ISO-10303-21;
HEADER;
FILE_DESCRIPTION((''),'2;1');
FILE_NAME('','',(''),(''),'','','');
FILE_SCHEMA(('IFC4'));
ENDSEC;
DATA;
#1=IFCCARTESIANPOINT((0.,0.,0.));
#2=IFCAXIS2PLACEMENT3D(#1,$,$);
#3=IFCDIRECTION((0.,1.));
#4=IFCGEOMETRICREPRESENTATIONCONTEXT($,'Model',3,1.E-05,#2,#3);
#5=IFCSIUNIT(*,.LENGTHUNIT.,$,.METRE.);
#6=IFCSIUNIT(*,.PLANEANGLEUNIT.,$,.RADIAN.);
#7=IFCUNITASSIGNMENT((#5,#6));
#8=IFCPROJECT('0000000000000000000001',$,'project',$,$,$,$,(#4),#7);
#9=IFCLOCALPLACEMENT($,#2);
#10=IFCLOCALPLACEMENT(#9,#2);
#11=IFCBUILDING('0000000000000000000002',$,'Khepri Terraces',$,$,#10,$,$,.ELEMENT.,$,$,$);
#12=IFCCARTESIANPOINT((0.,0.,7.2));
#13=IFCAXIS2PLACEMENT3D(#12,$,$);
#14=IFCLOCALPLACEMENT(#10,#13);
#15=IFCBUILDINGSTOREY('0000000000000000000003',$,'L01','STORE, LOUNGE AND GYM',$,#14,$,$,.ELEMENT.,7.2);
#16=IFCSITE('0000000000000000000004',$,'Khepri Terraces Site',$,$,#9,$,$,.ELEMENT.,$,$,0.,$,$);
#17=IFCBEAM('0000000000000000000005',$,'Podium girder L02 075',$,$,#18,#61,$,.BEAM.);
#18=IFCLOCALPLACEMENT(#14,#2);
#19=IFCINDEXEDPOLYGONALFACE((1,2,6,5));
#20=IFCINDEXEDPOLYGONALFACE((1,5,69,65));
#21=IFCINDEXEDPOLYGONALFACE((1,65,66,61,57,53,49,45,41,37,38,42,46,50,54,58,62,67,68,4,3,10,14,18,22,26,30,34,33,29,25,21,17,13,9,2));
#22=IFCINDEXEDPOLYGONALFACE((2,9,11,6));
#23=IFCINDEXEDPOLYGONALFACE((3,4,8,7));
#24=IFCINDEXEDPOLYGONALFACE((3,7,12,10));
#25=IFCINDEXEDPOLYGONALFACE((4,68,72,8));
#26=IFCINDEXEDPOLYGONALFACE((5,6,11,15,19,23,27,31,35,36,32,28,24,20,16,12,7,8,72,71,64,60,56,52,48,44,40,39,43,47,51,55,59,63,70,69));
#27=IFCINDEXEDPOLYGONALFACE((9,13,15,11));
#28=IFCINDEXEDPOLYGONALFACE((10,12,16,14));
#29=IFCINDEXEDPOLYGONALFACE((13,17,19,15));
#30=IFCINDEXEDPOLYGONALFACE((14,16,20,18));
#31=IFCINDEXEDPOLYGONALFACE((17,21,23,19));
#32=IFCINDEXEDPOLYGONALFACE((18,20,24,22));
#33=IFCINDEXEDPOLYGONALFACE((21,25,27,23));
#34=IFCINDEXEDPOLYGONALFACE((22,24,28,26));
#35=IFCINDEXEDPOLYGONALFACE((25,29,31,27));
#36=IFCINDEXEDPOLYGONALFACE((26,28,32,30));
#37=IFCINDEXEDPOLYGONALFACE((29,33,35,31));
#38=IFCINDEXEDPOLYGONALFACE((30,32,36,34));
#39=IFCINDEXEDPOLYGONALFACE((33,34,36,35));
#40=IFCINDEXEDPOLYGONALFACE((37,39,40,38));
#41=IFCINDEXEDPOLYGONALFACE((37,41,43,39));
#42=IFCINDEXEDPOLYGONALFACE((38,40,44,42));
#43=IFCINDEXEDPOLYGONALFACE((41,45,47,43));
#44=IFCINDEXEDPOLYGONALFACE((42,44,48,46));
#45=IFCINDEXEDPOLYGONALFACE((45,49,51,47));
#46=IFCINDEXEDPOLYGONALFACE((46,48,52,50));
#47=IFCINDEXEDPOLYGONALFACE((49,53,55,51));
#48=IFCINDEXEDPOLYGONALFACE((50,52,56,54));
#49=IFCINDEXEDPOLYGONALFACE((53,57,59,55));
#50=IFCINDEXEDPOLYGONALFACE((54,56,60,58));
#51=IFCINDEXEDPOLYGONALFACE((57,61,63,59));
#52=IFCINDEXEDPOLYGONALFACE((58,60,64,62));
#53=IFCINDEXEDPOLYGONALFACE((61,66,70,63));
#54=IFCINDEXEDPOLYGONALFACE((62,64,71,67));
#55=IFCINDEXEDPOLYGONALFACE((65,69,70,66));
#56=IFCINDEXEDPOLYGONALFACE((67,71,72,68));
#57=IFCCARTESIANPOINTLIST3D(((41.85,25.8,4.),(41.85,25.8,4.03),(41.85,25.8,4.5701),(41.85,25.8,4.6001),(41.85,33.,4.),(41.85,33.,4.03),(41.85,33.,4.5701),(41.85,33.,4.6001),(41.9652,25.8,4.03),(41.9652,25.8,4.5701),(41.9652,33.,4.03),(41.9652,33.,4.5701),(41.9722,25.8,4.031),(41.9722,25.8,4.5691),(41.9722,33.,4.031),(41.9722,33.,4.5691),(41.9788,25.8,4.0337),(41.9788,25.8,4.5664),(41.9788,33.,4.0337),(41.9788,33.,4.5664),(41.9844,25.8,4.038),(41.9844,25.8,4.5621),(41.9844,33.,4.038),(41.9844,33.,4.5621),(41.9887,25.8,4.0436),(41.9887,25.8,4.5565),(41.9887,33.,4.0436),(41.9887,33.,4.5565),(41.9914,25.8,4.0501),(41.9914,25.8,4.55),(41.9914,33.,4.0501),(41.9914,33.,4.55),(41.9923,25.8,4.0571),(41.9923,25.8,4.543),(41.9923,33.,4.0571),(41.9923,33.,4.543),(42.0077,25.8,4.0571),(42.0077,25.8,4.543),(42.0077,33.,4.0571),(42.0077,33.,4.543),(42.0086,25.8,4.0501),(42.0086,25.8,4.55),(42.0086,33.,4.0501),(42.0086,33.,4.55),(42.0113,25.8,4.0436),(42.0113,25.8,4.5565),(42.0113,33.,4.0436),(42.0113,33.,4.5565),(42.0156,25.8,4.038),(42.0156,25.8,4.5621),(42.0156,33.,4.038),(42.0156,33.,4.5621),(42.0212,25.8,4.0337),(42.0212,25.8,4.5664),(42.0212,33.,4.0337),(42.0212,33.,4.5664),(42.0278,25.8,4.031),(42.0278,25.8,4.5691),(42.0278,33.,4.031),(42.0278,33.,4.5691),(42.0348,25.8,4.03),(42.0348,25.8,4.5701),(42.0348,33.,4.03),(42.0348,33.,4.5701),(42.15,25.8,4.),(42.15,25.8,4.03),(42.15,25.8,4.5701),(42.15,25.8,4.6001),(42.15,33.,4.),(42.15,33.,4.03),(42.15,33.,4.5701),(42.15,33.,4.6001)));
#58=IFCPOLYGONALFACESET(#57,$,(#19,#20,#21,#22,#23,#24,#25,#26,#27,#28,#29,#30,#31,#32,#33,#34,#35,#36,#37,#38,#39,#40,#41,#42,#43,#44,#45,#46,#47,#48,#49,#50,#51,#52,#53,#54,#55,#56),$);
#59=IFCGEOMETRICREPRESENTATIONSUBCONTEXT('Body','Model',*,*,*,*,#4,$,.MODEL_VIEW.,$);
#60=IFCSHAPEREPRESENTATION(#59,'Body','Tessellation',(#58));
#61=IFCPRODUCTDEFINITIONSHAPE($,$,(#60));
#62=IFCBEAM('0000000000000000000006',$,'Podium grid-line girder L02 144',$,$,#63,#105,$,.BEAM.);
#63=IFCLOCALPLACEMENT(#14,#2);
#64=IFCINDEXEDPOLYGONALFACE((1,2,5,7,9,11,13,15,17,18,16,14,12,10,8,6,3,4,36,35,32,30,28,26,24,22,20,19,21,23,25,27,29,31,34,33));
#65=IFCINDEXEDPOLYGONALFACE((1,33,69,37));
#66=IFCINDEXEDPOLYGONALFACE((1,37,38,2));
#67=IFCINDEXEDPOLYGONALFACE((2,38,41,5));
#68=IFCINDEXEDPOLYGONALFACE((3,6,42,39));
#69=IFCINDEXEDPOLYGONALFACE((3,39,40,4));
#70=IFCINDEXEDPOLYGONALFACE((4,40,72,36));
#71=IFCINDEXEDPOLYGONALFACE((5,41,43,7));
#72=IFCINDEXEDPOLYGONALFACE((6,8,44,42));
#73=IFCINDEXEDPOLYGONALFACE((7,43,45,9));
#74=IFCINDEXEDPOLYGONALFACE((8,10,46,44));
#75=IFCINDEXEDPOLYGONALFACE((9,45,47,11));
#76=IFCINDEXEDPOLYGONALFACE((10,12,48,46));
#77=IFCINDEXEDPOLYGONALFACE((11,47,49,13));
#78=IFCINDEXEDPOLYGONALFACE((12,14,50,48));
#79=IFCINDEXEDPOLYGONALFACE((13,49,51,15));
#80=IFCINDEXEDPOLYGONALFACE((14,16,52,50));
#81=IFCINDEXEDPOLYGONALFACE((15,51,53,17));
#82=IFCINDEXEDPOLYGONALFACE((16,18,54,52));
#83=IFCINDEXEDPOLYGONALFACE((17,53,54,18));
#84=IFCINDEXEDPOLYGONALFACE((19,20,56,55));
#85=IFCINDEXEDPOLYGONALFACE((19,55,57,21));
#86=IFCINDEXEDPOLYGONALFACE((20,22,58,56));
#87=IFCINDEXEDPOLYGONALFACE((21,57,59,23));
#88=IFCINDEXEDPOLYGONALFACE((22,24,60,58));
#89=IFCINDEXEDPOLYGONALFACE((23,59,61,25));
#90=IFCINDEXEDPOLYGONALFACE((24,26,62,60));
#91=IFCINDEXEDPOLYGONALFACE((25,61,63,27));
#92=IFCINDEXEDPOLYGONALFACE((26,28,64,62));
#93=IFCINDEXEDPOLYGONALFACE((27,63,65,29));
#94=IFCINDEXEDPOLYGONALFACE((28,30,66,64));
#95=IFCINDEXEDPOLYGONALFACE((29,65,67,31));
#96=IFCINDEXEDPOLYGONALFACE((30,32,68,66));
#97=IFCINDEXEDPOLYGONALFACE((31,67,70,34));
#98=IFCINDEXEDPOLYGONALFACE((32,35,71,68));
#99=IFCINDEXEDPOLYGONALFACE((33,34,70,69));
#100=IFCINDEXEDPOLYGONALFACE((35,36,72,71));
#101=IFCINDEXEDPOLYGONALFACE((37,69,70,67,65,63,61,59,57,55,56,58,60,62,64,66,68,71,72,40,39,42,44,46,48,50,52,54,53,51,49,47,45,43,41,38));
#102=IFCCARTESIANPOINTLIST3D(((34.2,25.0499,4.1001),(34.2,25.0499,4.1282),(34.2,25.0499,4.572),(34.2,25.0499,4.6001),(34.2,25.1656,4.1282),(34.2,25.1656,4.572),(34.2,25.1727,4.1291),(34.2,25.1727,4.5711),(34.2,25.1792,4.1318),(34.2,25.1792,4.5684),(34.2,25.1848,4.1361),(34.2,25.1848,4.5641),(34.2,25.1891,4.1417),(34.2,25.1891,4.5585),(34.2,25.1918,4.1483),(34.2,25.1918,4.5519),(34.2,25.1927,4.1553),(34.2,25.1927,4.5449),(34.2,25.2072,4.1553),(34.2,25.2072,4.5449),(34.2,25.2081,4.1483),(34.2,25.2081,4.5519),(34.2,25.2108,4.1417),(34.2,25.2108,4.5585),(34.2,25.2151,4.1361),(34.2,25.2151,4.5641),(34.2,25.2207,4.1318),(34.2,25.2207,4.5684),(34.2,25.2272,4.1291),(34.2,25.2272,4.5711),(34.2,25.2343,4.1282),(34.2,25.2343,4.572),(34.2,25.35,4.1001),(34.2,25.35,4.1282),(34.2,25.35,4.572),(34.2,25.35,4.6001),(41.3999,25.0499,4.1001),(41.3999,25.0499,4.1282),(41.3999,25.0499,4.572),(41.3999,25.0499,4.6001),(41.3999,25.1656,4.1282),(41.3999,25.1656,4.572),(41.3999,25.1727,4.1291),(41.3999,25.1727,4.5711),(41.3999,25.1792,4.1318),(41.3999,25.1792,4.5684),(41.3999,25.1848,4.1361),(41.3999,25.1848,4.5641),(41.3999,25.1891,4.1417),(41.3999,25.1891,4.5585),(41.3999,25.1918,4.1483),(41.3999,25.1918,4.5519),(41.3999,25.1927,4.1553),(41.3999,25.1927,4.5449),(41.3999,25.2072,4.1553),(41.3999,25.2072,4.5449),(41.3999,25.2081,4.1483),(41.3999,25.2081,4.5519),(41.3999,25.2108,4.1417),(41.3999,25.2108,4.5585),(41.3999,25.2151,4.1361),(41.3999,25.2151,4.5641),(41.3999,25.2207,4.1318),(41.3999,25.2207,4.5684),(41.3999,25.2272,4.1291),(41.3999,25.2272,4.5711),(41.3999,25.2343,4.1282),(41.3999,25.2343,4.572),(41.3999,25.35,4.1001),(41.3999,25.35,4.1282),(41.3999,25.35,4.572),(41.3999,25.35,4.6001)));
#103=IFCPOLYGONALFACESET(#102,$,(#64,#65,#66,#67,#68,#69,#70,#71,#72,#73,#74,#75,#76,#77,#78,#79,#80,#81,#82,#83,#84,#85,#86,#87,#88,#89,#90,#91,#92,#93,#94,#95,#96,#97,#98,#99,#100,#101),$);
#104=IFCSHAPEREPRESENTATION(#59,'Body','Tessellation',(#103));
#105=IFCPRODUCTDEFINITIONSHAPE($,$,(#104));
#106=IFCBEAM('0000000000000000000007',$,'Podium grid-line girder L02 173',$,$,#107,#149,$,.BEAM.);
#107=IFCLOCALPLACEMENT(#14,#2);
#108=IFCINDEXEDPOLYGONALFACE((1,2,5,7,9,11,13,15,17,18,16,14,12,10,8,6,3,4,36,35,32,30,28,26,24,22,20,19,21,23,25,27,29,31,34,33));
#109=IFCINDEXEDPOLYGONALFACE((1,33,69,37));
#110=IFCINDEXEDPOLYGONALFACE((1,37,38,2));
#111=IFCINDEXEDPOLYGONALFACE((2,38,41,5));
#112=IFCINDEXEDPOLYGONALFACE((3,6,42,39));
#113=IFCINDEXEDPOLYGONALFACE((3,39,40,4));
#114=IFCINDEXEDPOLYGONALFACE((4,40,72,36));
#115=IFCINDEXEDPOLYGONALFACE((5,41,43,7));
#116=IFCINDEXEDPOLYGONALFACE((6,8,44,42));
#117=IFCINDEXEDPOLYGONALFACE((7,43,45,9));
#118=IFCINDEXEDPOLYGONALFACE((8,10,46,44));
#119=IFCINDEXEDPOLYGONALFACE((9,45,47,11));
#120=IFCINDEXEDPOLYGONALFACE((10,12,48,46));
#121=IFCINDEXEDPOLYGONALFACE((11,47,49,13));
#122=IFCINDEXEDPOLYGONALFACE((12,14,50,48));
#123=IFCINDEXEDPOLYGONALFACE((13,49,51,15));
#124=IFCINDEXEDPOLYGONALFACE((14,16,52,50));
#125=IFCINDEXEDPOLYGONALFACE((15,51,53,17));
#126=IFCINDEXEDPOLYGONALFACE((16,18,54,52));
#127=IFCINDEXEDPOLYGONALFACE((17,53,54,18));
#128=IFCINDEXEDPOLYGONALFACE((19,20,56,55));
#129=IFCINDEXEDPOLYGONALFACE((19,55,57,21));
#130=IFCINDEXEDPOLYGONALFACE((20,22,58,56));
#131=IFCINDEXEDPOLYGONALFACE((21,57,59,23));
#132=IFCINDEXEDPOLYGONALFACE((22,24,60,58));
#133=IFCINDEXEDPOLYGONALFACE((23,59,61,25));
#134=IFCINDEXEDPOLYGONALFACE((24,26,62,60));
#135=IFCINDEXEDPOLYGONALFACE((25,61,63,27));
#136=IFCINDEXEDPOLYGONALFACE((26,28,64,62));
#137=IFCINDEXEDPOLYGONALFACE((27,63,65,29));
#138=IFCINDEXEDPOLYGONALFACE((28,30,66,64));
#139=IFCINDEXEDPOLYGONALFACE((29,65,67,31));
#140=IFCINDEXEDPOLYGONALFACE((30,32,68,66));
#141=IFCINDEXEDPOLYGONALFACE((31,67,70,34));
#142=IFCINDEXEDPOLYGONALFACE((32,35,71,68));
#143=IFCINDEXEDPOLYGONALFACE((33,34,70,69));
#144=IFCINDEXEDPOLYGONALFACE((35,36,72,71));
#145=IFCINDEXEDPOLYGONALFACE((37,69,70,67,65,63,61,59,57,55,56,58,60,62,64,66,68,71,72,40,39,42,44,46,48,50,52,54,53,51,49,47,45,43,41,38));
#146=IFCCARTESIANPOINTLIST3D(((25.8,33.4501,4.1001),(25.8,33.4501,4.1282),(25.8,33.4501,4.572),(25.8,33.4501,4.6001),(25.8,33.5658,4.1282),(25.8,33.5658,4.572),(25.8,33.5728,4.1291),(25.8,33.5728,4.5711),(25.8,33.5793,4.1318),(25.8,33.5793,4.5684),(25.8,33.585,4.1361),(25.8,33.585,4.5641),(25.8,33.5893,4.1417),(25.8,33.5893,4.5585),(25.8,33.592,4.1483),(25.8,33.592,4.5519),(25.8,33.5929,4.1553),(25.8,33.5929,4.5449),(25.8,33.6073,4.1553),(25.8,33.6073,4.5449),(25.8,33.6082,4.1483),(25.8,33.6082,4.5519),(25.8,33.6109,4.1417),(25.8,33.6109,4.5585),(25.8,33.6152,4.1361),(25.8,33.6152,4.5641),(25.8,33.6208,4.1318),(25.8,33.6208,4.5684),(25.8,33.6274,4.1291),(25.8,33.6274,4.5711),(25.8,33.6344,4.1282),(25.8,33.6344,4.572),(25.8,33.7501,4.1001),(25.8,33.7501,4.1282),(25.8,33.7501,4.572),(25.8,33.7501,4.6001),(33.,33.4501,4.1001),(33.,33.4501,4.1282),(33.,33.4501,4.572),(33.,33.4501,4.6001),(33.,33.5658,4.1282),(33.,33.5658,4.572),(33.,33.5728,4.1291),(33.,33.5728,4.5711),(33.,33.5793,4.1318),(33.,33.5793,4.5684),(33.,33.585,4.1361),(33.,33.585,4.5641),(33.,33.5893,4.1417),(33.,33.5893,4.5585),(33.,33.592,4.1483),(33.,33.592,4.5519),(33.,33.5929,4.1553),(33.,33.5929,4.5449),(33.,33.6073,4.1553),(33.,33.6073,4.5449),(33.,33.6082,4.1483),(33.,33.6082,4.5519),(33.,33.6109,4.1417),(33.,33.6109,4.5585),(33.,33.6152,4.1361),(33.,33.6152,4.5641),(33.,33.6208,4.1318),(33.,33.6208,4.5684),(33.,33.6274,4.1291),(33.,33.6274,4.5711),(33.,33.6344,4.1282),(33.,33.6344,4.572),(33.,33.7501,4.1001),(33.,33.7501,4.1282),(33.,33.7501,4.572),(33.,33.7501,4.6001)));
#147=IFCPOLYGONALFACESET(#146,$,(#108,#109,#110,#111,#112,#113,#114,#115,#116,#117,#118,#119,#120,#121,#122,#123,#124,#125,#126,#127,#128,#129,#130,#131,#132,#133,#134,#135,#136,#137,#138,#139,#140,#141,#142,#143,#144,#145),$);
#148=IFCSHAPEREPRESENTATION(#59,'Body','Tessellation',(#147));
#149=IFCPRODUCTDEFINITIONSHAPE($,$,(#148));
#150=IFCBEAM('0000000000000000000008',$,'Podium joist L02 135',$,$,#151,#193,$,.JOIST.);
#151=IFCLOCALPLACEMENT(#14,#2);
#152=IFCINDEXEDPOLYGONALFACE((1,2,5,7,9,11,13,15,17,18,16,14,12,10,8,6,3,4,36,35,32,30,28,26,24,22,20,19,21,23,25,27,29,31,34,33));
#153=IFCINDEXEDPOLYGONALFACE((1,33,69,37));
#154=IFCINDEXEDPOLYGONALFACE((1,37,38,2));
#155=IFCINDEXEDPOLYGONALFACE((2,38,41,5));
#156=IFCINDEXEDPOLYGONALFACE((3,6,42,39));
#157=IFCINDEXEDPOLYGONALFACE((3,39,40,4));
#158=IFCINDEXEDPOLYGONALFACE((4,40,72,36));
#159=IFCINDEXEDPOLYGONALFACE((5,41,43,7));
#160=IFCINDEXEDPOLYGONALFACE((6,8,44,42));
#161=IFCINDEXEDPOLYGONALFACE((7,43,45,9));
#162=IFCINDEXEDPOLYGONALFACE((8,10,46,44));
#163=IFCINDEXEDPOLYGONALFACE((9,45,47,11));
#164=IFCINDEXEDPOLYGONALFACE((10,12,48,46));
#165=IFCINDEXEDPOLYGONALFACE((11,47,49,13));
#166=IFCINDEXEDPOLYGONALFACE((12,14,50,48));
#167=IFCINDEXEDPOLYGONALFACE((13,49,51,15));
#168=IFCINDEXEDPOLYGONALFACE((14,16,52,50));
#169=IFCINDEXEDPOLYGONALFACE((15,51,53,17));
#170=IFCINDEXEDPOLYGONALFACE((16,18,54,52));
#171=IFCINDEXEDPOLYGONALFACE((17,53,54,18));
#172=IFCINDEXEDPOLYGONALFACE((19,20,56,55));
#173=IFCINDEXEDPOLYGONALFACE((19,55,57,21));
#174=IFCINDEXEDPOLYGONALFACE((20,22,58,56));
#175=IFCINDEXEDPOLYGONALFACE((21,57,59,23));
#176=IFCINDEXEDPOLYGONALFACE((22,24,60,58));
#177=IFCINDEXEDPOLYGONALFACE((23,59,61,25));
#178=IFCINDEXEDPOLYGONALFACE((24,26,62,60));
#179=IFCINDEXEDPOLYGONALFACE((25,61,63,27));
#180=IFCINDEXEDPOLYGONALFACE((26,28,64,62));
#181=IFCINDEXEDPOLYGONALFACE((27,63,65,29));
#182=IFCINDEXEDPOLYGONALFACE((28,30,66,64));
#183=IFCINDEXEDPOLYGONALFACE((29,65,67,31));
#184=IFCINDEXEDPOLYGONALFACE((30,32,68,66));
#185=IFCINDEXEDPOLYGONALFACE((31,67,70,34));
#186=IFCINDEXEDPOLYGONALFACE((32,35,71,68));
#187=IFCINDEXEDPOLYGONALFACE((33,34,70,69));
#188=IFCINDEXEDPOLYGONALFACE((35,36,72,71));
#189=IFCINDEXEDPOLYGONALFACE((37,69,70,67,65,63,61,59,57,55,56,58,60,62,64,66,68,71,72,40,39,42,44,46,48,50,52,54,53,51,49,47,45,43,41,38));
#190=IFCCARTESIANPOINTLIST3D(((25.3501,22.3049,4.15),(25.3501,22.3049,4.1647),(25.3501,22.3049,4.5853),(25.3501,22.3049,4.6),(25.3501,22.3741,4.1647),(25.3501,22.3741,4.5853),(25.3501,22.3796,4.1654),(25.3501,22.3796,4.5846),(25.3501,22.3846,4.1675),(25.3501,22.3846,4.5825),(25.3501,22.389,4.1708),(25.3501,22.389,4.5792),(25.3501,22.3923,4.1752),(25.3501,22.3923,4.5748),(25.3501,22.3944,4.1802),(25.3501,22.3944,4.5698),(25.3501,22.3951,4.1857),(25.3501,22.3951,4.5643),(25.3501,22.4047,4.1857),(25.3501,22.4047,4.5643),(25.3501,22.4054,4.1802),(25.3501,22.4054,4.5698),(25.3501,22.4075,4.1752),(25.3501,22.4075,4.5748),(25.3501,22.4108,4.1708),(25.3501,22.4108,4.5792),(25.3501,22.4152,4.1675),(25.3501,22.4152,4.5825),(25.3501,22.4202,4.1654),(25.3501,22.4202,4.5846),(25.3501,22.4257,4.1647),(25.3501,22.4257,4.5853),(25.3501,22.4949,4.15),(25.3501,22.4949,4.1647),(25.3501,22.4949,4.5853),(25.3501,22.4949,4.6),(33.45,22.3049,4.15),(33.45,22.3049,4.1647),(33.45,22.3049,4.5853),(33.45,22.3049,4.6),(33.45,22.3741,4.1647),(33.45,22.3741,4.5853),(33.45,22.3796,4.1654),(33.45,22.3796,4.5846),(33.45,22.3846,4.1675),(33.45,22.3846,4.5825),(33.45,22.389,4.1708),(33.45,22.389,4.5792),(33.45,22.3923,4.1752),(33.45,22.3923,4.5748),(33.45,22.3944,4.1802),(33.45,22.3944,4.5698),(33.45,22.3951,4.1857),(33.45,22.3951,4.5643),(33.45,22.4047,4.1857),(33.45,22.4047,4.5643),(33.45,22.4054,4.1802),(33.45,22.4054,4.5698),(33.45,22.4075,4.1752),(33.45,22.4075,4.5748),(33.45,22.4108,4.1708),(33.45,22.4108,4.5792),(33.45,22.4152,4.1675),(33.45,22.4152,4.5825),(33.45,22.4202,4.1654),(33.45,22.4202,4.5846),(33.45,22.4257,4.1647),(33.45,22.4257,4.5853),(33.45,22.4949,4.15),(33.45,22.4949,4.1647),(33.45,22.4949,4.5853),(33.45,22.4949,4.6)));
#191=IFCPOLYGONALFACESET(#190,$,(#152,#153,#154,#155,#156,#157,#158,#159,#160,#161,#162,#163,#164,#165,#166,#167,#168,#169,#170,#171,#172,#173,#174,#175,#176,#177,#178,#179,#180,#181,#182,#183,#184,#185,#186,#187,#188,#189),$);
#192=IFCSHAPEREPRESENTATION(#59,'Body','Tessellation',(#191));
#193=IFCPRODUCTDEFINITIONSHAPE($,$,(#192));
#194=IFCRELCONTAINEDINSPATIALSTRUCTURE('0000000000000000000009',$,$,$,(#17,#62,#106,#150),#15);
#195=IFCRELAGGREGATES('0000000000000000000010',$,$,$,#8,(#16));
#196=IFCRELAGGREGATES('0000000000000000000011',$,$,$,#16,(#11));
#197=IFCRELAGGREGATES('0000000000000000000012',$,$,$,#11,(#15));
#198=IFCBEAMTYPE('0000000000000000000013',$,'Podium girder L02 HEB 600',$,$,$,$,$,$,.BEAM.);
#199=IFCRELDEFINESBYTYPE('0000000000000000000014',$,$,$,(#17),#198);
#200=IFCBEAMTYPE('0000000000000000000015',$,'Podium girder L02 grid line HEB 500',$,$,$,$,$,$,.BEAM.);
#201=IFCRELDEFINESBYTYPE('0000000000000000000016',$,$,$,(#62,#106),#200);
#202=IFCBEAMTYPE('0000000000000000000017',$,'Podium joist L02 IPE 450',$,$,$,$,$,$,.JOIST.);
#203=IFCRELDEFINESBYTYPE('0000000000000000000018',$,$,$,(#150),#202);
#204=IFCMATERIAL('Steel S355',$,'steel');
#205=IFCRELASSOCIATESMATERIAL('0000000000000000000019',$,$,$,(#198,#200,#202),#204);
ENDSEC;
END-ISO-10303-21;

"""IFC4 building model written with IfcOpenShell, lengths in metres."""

from ifc_helpers import new_model, si_unit, direction, frame, origin, origin_2d, place, context, subcontext, project, spatial, i_section, extrude, material, material_profile, profile_set, type_object, element, save


model = new_model("IFC4")

# Units and contexts
model_context = context("Model", 3, precision=1e-05, world=origin(), true_north=direction((0.0, 1.0)))
body_context = subcontext(model_context, "Body", "Model", "MODEL_VIEW")
ifc_project = project(units=[si_unit("LENGTHUNIT", "METRE"), si_unit("PLANEANGLEUNIT", "RADIAN")], contexts=[model_context])

# Site, building, storey
site_placement = place(None, origin())
site = spatial("IfcSite", under=ifc_project, at=site_placement, Name="Khepri Terraces Site", CompositionType="ELEMENT", RefElevation=0.0)
building_placement = place(site_placement, origin())
building = spatial("IfcBuilding", under=site, at=building_placement, Name="Khepri Terraces", CompositionType="ELEMENT")
storey_placement = place(building_placement, frame((0.0, 0.0, 7.2)))
storey = spatial("IfcBuildingStorey", under=building, at=storey_placement, Name="L01", Description="STORE, LOUNGE AND GYM", CompositionType="ELEMENT", Elevation=7.2)

# Beams
ifc_material_1 = material(Name="Steel S355", Category="steel")
ifc_material_profile_1 = material_profile(ifc_material_1, i_section(OverallWidth=0.3, OverallDepth=0.6001, WebThickness=0.0154, FlangeThickness=0.03, FilletRadius=0.0271, at=origin_2d()), Name="Steel S355", Category="steel")
ifc_profile_set_1 = profile_set([ifc_material_profile_1], Name="Steel S355")
beam_type_1 = type_object("IfcBeamType", Name="Podium girder L02 HEB 600", PredefinedType="BEAM", material=ifc_profile_set_1)
for number, where, z_axis, x_axis, name in (
    (1, (42.0, 25.8, 4.3), (0.0, 1.0, 0.0), (-1.0, 0.0, 0.0), "Podium girder L02 075"),
):
    element("IfcBeam", number, at=place(storey_placement, frame(where, z_axis=z_axis, x_axis=x_axis)), inside=storey, type_object=beam_type_1, Name=name, PredefinedType="BEAM", context=body_context, shape_type="SweptSolid", body=[
        extrude(i_section(OverallWidth=0.3, OverallDepth=0.6001, WebThickness=0.0154, FlangeThickness=0.03, FilletRadius=0.0271, at=origin_2d()), origin(), (0.0, 0.0, 1.0), 7.2),
    ])
ifc_material_profile_2 = material_profile(ifc_material_1, i_section(OverallWidth=0.3, OverallDepth=0.5, WebThickness=0.0144, FlangeThickness=0.0281, FilletRadius=0.0271, at=origin_2d()), Name="Steel S355", Category="steel")
ifc_profile_set_2 = profile_set([ifc_material_profile_2], Name="Steel S355")
beam_type_2 = type_object("IfcBeamType", Name="Podium girder L02 grid line HEB 500", PredefinedType="BEAM", material=ifc_profile_set_2)
for number, where, z_axis, x_axis, name in (
    (2, (34.2, 25.2, 4.3501), (1.0, 0.0, 0.0), (0.0, 1.0, 0.0), "Podium grid-line girder L02 144"),
    (3, (25.8, 33.6001, 4.3501), (1.0, 0.0, 0.0), (0.0, 1.0, 0.0), "Podium grid-line girder L02 173"),
):
    element("IfcBeam", number, at=place(storey_placement, frame(where, z_axis=z_axis, x_axis=x_axis)), inside=storey, type_object=beam_type_2, Name=name, PredefinedType="BEAM", context=body_context, shape_type="SweptSolid", body=[
        extrude(i_section(OverallWidth=0.3, OverallDepth=0.5, WebThickness=0.0144, FlangeThickness=0.0281, FilletRadius=0.0271, at=origin_2d()), origin(), (0.0, 0.0, 1.0), 7.2),
    ])
ifc_material_profile_3 = material_profile(ifc_material_1, i_section(OverallWidth=0.1899, OverallDepth=0.45, WebThickness=0.0095, FlangeThickness=0.0146, FilletRadius=0.021, at=origin_2d()), Name="Steel S355", Category="steel")
ifc_profile_set_3 = profile_set([ifc_material_profile_3], Name="Steel S355")
beam_type_3 = type_object("IfcBeamType", Name="Podium joist L02 IPE 450", PredefinedType="JOIST", material=ifc_profile_set_3)
beam_1_placement = place(storey_placement, frame((25.3501, 22.3999, 4.375), z_axis=(1.0, 0.0, 0.0), x_axis=(0.0, 1.0, 0.0)))
element("IfcBeam", 4, at=beam_1_placement, inside=storey, type_object=beam_type_3, Name="Podium joist L02 135", PredefinedType="JOIST", context=body_context, shape_type="SweptSolid", body=[
    extrude(i_section(OverallWidth=0.1899, OverallDepth=0.45, WebThickness=0.0095, FlangeThickness=0.0146, FilletRadius=0.021, at=origin_2d()), origin(), (0.0, 0.0, 1.0), 8.0999),
])

save(model, "model.ifc")
